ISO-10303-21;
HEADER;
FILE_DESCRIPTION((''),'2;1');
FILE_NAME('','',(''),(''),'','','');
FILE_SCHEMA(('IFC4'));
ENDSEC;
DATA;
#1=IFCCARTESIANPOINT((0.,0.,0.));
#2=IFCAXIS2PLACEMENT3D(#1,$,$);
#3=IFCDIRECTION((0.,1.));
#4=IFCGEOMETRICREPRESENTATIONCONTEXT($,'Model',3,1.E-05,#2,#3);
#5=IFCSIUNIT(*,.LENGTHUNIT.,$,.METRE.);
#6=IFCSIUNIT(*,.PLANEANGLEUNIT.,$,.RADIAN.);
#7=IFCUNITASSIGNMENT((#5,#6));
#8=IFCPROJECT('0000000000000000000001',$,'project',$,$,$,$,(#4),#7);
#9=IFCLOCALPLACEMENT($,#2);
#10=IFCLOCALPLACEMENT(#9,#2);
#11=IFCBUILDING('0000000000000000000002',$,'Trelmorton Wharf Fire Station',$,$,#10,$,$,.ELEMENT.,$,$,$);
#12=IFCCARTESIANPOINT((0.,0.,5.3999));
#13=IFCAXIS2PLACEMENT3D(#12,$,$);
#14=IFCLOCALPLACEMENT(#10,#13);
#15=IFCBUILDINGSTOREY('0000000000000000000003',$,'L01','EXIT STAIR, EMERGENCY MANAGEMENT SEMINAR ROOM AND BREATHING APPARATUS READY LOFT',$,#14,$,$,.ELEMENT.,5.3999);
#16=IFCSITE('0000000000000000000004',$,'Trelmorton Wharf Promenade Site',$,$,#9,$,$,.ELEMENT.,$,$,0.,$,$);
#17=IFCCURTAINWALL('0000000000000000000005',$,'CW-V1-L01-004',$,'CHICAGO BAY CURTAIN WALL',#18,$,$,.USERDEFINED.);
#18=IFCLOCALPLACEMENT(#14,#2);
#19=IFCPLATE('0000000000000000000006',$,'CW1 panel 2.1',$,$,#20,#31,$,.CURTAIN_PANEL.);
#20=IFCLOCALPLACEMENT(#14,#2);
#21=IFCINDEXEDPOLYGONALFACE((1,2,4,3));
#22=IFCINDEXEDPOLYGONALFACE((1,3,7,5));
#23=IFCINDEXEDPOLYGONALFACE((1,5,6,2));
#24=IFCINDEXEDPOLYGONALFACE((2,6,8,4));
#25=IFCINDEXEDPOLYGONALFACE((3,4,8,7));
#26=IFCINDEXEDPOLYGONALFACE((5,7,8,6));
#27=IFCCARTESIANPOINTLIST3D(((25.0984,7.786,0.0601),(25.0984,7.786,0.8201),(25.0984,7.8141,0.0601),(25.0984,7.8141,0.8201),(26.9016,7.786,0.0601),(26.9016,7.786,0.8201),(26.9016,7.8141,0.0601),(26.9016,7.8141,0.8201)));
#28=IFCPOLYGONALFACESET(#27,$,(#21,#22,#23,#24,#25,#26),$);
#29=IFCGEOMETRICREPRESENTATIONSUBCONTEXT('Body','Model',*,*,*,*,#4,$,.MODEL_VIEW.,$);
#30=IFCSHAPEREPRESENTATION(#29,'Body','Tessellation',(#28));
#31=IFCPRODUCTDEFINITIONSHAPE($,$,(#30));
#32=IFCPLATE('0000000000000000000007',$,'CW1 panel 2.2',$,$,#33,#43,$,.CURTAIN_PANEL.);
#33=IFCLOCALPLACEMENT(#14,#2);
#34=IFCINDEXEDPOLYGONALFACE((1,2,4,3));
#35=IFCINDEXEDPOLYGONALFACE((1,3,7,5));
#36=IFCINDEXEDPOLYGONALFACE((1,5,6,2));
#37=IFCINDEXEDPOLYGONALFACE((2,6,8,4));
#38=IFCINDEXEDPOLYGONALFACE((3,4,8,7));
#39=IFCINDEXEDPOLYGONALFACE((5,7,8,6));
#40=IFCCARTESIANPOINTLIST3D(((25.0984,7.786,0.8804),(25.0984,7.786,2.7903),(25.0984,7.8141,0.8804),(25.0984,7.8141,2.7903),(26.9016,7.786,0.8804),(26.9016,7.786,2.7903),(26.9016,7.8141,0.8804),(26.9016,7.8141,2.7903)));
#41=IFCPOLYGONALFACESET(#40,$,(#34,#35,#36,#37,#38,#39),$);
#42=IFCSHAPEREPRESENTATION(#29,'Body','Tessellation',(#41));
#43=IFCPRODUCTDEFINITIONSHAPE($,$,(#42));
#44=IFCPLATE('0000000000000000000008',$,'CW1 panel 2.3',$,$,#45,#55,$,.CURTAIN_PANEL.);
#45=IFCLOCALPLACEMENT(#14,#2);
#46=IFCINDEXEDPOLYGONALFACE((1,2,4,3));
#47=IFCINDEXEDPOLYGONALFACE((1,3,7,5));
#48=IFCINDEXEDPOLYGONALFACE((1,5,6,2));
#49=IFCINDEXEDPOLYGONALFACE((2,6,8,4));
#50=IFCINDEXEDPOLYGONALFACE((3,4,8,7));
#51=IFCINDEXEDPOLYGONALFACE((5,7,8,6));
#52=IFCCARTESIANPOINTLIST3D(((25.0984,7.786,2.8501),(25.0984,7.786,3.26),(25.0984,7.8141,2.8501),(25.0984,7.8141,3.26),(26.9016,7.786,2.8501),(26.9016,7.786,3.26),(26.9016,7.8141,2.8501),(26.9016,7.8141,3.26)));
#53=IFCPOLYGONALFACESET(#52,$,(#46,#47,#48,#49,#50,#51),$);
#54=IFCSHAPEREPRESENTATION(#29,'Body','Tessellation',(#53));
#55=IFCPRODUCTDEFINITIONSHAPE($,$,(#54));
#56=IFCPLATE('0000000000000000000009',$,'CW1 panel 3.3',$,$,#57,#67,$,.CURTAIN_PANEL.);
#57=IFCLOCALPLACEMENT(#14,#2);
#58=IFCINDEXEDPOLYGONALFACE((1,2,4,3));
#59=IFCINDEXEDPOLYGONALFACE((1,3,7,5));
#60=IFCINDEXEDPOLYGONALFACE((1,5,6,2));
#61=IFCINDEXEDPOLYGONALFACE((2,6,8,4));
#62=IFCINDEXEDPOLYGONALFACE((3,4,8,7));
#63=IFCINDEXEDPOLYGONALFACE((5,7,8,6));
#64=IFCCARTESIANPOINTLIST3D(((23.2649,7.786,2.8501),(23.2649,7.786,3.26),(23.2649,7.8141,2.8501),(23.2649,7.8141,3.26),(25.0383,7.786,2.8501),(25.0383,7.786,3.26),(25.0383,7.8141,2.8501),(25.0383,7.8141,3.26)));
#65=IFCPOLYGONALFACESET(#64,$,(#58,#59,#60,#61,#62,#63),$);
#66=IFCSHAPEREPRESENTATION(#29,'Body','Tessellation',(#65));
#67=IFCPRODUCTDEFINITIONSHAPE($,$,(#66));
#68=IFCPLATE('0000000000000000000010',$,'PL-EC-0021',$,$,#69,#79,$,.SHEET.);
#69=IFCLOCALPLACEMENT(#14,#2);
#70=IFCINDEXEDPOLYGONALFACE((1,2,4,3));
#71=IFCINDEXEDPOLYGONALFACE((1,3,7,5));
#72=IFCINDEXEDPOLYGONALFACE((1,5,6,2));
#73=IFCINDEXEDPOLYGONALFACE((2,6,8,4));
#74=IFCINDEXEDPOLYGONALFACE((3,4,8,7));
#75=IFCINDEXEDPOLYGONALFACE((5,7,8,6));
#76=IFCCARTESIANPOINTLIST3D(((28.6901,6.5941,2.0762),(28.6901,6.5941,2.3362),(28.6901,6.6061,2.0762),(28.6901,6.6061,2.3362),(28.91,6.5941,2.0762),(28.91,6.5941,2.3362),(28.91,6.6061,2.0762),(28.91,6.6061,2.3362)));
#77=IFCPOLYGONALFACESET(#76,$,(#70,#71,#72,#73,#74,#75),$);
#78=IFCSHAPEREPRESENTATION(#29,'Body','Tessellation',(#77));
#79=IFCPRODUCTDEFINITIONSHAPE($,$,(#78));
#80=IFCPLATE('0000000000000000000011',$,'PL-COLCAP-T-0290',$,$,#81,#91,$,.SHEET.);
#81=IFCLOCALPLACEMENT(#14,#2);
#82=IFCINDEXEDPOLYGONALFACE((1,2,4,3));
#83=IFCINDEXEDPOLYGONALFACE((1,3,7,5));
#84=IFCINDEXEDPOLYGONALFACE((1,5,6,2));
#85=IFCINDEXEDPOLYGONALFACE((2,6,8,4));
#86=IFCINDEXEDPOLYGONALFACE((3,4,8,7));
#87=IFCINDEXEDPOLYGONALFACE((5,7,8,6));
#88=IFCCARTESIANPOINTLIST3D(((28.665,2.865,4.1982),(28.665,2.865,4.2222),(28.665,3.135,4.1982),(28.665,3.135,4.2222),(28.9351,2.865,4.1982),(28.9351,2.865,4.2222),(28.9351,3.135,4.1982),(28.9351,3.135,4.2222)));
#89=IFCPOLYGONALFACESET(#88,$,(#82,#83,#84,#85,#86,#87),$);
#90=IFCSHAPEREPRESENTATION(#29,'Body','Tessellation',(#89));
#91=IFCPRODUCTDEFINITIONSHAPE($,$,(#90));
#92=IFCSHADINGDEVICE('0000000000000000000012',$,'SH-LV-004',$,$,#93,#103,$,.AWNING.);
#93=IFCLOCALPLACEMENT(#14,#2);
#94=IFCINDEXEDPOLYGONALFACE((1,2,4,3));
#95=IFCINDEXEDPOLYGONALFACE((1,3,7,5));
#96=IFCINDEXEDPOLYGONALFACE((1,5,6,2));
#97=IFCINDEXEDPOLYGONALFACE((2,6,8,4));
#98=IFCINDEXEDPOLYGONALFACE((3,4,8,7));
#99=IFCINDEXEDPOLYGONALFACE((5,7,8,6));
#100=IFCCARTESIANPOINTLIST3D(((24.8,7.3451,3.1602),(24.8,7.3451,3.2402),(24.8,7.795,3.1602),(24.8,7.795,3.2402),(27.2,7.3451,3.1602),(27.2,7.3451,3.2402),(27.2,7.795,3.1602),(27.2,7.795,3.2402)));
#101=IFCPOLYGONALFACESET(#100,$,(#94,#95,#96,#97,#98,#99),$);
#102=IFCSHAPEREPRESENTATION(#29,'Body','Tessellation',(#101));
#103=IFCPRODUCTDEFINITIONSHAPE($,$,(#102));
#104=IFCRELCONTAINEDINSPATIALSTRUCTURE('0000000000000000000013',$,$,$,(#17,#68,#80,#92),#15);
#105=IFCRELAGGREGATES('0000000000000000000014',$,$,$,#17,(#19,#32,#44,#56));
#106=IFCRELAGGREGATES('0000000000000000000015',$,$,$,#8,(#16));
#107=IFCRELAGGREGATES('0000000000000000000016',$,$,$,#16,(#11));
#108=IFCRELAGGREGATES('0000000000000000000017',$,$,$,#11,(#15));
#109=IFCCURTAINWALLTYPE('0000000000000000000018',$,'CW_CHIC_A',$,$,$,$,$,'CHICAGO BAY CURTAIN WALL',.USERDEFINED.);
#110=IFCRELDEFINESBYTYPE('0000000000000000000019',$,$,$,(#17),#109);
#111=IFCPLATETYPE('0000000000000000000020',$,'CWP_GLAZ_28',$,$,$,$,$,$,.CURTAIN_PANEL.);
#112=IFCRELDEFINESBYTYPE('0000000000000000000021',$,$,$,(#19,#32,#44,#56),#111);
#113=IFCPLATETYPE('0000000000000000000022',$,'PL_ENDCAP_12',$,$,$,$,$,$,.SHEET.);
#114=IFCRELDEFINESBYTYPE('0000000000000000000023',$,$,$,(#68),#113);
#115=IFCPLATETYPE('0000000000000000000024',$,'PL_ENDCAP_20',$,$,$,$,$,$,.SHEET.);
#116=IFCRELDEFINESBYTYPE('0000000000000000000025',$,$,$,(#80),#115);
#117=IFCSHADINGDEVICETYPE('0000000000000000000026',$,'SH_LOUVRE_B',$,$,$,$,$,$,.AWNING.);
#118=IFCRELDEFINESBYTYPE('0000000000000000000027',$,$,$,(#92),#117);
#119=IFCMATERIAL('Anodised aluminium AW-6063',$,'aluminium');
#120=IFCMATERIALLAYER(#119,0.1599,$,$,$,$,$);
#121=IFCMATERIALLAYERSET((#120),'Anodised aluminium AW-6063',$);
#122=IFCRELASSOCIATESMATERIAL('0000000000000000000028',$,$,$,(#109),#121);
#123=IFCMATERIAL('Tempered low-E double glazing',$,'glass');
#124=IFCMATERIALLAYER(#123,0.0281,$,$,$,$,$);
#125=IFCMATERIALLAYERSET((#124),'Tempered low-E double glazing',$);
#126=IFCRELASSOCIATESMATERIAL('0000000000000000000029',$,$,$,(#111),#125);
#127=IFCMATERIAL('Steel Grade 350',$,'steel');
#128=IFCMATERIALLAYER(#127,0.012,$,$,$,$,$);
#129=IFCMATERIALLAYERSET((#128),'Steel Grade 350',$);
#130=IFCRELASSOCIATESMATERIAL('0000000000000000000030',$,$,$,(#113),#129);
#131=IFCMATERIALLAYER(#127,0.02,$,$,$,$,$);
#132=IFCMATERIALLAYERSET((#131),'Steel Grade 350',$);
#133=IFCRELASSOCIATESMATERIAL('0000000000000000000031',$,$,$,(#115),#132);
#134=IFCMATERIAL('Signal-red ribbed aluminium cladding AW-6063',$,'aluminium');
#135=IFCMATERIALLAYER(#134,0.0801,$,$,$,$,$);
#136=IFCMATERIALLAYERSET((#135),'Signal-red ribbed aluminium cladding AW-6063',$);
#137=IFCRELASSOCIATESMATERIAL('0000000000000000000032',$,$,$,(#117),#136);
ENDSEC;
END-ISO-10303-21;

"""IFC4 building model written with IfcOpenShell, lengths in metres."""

from ifc_helpers import new_model, si_unit, direction, frame, origin, origin_2d, place, context, subcontext, project, spatial, rectangle, extrude, material, layer, layer_set, type_object, element, aggregate, save


model = new_model("IFC4")

# Units and contexts
model_context = context("Model", 3, precision=1e-05, world=origin(), true_north=direction((0.0, 1.0)))
body_context = subcontext(model_context, "Body", "Model", "MODEL_VIEW")
ifc_project = project(units=[si_unit("LENGTHUNIT", "METRE"), si_unit("PLANEANGLEUNIT", "RADIAN")], contexts=[model_context])

# Site, building, storey
site_placement = place(None, origin())
site = spatial("IfcSite", under=ifc_project, at=site_placement, Name="Trelmorton Wharf Promenade Site", CompositionType="ELEMENT", RefElevation=0.0)
building_placement = place(site_placement, origin())
building = spatial("IfcBuilding", under=site, at=building_placement, Name="Trelmorton Wharf Fire Station", CompositionType="ELEMENT")
storey_placement = place(building_placement, frame((0.0, 0.0, 5.3999)))
storey = spatial("IfcBuildingStorey", under=building, at=storey_placement, Name="L01", Description="EXIT STAIR, EMERGENCY MANAGEMENT SEMINAR ROOM AND BREATHING APPARATUS READY LOFT", CompositionType="ELEMENT", Elevation=5.3999)

# Shared definitions
ifc_material_1 = material(Name="Steel Grade 350", Category="steel")

# Curtain wall
ifc_material_2 = material(Name="Anodised aluminium AW-6063", Category="aluminium")
ifc_layer_1 = layer(ifc_material_2, 0.1599)
ifc_layer_set_1 = layer_set([ifc_layer_1], Name="Anodised aluminium AW-6063")
curtain_wall_type = type_object("IfcCurtainWallType", Name="CW_CHIC_A", ElementType="CHICAGO BAY CURTAIN WALL", PredefinedType="USERDEFINED", material=ifc_layer_set_1)
curtain_wall_placement = place(storey_placement, origin())
curtain_wall = element("IfcCurtainWall", 1, at=curtain_wall_placement, inside=storey, type_object=curtain_wall_type, Name="CW-V1-L01-004", ObjectType="CHICAGO BAY CURTAIN WALL", PredefinedType="USERDEFINED")

# Plates
ifc_material_3 = material(Name="Tempered low-E double glazing", Category="glass")
ifc_layer_2 = layer(ifc_material_3, 0.0281)
ifc_layer_set_2 = layer_set([ifc_layer_2], Name="Tempered low-E double glazing")
plate_type_1 = type_object("IfcPlateType", Name="CWP_GLAZ_28", PredefinedType="CURTAIN_PANEL", material=ifc_layer_set_2)
plate_1_placement = place(storey_placement, frame((26.0, 7.8, 0.0601), z_axis=(0.0, 0.0, 1.0), x_axis=(-1.0, 0.0, 0.0)))
plate_1 = element("IfcPlate", 2, at=plate_1_placement, type_object=plate_type_1, Name="CW1 panel 2.1", PredefinedType="CURTAIN_PANEL", context=body_context, shape_type="SweptSolid", body=[
    extrude(rectangle(XDim=1.8032, YDim=0.0281, at=origin_2d()), origin(), (0.0, 0.0, 1.0), 0.76),
])
plate_2_placement = place(storey_placement, frame((26.0, 7.8, 0.8804), z_axis=(0.0, 0.0, 1.0), x_axis=(-1.0, 0.0, 0.0)))
plate_2 = element("IfcPlate", 3, at=plate_2_placement, type_object=plate_type_1, Name="CW1 panel 2.2", PredefinedType="CURTAIN_PANEL", context=body_context, shape_type="SweptSolid", body=[
    extrude(rectangle(XDim=1.8032, YDim=0.0281, at=origin_2d()), origin(), (0.0, 0.0, 1.0), 1.9099),
])
plate_3_placement = place(storey_placement, frame((26.0, 7.8, 2.8501), z_axis=(0.0, 0.0, 1.0), x_axis=(-1.0, 0.0, 0.0)))
plate_3 = element("IfcPlate", 4, at=plate_3_placement, type_object=plate_type_1, Name="CW1 panel 2.3", PredefinedType="CURTAIN_PANEL", context=body_context, shape_type="SweptSolid", body=[
    extrude(rectangle(XDim=1.8032, YDim=0.0281, at=origin_2d()), origin(), (0.0, 0.0, 1.0), 0.4099),
])
plate_4_placement = place(storey_placement, frame((24.1516, 7.8, 2.8501), z_axis=(0.0, 0.0, 1.0), x_axis=(-1.0, 0.0, 0.0)))
plate_4 = element("IfcPlate", 5, at=plate_4_placement, type_object=plate_type_1, Name="CW1 panel 3.3", PredefinedType="CURTAIN_PANEL", context=body_context, shape_type="SweptSolid", body=[
    extrude(rectangle(XDim=1.7734, YDim=0.0281, at=origin_2d()), origin(), (0.0, 0.0, 1.0), 0.4099),
])
aggregate(curtain_wall, [plate_1, plate_2, plate_3, plate_4])

# Plates
ifc_layer_3 = layer(ifc_material_1, 0.012)
ifc_layer_set_3 = layer_set([ifc_layer_3], Name="Steel Grade 350")
plate_type_2 = type_object("IfcPlateType", Name="PL_ENDCAP_12", PredefinedType="SHEET", material=ifc_layer_set_3)
plate_5_placement = place(storey_placement, frame((28.8, 6.6001, 2.0762), z_axis=(0.0, 0.0, 1.0), x_axis=(1.0, 0.0, 0.0)))
element("IfcPlate", 6, at=plate_5_placement, inside=storey, type_object=plate_type_2, Name="PL-EC-0021", PredefinedType="SHEET", context=body_context, shape_type="SweptSolid", body=[
    extrude(rectangle(XDim=0.22, YDim=0.012, at=origin_2d()), origin(), (0.0, 0.0, 1.0), 0.26),
])
ifc_layer_4 = layer(ifc_material_1, 0.02)
ifc_layer_set_4 = layer_set([ifc_layer_4], Name="Steel Grade 350")
plate_type_3 = type_object("IfcPlateType", Name="PL_ENDCAP_20", PredefinedType="SHEET", material=ifc_layer_set_4)
plate_6_placement = place(storey_placement, frame((28.8, 3.0, 4.1982), z_axis=(0.0, 0.0, 1.0), x_axis=(1.0, 0.0, 0.0)))
element("IfcPlate", 7, at=plate_6_placement, inside=storey, type_object=plate_type_3, Name="PL-COLCAP-T-0290", PredefinedType="SHEET", context=body_context, shape_type="SweptSolid", body=[
    extrude(rectangle(XDim=0.27, YDim=0.27, at=origin_2d()), origin(), (0.0, 0.0, 1.0), 0.0239),
])

# Shading device
ifc_material_4 = material(Name="Signal-red ribbed aluminium cladding AW-6063", Category="aluminium")
ifc_layer_5 = layer(ifc_material_4, 0.0801)
ifc_layer_set_5 = layer_set([ifc_layer_5], Name="Signal-red ribbed aluminium cladding AW-6063")
shading_device_type = type_object("IfcShadingDeviceType", Name="SH_LOUVRE_B", PredefinedType="AWNING", material=ifc_layer_set_5)
shading_device_placement = place(storey_placement, frame((26.0, 7.5701, 3.1602), z_axis=(0.0, 0.0, 1.0), x_axis=(-1.0, 0.0, 0.0)))
element("IfcShadingDevice", 8, at=shading_device_placement, inside=storey, type_object=shading_device_type, Name="SH-LV-004", PredefinedType="AWNING", context=body_context, shape_type="SweptSolid", body=[
    extrude(rectangle(XDim=2.3999, YDim=0.45, at=origin_2d()), origin(), (0.0, 0.0, 1.0), 0.0801),
])

save(model, "model.ifc")
